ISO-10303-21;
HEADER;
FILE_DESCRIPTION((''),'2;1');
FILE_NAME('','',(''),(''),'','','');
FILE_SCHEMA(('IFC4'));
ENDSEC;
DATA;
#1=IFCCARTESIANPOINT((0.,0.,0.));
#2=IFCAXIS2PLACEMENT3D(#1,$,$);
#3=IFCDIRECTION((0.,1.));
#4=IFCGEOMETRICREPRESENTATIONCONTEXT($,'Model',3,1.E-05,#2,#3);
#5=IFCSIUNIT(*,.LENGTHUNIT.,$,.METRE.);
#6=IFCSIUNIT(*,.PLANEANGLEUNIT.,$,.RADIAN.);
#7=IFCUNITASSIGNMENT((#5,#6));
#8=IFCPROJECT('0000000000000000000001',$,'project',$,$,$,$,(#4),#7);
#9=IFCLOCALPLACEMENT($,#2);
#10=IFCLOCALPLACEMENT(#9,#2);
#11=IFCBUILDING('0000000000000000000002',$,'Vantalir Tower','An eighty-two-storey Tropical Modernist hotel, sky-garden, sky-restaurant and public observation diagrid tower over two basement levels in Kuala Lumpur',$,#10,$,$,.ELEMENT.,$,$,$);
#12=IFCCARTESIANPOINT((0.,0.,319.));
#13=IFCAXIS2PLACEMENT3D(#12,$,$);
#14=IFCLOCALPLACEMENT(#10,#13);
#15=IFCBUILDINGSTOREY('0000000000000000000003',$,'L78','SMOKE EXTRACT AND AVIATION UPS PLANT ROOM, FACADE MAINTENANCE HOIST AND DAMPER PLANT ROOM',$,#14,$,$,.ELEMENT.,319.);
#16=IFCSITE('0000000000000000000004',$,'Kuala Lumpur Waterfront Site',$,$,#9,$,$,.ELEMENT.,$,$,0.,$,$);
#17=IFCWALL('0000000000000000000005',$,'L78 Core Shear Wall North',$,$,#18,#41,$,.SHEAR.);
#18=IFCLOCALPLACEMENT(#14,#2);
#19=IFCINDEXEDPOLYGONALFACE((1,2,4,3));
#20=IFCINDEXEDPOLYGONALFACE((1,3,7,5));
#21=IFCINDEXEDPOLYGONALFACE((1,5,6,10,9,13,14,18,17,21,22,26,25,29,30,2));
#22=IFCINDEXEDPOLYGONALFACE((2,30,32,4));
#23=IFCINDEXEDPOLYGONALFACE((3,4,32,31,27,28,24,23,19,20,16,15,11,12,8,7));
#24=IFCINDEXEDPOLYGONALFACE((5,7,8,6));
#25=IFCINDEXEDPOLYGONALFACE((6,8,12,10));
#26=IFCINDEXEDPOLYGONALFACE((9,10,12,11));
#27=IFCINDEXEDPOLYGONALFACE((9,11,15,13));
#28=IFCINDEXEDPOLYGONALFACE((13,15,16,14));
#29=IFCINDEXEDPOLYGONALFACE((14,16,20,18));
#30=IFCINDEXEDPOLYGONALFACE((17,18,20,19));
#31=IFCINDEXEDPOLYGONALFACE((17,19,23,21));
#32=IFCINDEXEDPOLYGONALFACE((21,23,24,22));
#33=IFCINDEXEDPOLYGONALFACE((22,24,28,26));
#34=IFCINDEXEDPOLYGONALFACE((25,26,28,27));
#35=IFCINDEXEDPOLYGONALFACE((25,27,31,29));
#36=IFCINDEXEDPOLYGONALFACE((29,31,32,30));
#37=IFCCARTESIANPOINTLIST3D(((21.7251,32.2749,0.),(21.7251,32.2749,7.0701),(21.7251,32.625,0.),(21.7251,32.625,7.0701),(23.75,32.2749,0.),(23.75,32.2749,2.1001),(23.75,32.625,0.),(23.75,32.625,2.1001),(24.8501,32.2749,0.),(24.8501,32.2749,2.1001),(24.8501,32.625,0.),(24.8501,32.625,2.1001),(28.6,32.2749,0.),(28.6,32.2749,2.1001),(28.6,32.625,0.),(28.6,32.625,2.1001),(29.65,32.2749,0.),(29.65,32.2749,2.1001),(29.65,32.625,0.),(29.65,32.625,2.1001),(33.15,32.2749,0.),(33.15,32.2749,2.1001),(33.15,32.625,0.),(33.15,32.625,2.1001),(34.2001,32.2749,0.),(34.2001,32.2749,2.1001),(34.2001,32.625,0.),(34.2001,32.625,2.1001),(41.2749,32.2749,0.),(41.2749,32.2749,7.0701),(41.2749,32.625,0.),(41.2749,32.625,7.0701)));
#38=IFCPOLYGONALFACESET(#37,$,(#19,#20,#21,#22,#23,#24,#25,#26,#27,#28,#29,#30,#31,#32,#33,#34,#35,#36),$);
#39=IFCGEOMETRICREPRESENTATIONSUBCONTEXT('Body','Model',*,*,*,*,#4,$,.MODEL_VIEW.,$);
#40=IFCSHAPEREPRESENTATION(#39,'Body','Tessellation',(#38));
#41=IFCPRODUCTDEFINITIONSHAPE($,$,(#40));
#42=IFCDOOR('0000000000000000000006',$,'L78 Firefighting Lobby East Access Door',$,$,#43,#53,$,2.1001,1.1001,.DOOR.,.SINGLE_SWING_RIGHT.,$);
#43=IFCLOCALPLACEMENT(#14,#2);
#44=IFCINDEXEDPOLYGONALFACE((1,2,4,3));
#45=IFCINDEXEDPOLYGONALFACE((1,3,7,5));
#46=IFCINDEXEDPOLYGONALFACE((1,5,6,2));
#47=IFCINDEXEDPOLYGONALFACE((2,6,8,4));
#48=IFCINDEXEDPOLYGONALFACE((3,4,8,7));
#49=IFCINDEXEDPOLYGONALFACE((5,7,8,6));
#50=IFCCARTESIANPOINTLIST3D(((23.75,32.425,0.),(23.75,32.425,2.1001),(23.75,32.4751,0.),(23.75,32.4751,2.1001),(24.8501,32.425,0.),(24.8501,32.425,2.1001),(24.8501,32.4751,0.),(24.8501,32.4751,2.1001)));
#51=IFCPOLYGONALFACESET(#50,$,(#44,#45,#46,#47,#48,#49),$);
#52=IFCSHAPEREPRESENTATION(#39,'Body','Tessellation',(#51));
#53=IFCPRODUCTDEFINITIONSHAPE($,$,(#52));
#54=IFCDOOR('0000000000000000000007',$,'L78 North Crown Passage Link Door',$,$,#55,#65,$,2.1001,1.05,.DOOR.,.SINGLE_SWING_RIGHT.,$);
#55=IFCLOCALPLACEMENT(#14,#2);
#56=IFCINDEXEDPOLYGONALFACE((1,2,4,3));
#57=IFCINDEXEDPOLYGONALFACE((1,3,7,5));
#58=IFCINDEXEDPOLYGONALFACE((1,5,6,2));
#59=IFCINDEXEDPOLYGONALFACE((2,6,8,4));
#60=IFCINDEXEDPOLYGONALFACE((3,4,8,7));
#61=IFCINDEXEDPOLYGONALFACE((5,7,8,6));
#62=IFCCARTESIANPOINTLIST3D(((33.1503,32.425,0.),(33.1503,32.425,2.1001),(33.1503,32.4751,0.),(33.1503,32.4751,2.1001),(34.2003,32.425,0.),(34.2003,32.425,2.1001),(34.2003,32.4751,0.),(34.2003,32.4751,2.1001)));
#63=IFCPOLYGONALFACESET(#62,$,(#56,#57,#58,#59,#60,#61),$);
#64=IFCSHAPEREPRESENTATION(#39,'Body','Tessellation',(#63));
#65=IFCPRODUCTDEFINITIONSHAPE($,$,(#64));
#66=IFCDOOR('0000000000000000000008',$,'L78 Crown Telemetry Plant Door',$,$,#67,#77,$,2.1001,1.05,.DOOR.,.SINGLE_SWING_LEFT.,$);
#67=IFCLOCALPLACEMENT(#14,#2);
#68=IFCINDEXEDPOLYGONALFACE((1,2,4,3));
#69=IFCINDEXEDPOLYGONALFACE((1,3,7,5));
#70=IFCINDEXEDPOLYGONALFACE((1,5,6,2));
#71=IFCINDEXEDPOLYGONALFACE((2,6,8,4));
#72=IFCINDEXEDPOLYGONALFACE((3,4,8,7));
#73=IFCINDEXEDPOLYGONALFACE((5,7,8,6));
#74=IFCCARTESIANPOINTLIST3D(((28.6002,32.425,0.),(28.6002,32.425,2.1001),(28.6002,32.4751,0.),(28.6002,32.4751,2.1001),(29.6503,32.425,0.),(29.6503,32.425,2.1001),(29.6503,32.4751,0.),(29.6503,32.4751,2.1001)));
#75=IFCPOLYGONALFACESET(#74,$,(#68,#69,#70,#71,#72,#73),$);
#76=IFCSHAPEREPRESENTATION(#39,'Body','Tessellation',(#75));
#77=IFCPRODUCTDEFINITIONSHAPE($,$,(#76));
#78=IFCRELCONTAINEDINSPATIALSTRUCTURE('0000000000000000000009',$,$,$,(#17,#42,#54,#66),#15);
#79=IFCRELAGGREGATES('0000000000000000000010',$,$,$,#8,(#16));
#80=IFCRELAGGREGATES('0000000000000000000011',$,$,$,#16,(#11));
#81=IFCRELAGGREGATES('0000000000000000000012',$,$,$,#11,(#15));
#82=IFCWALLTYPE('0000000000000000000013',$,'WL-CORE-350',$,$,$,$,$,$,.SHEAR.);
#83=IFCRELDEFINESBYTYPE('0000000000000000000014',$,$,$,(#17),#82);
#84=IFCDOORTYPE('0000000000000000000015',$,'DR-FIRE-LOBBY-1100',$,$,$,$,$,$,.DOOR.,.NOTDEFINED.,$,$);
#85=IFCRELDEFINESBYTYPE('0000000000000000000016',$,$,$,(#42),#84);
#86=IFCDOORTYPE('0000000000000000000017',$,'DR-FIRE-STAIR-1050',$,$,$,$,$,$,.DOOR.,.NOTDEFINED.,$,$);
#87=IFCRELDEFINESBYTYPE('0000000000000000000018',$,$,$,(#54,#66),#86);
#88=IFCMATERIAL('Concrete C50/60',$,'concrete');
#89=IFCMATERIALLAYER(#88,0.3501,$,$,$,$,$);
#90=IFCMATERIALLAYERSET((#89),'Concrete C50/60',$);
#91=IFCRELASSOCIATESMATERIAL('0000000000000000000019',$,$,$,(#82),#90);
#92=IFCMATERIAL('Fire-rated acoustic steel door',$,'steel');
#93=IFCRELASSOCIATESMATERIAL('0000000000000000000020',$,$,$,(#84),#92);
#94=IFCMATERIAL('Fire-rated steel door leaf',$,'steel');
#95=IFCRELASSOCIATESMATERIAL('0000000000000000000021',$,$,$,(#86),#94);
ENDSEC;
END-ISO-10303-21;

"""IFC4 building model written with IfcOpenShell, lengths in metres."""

from ifc_helpers import new_model, si_unit, direction, frame, frame_2d, origin, place, context, subcontext, project, spatial, rectangle, extrude, material, layer, layer_set, type_object, element, fill, save


model = new_model("IFC4")

# Units and contexts
model_context = context("Model", 3, precision=1e-05, world=origin(), true_north=direction((0.0, 1.0)))
body_context = subcontext(model_context, "Body", "Model", "MODEL_VIEW")
ifc_project = project(units=[si_unit("LENGTHUNIT", "METRE"), si_unit("PLANEANGLEUNIT", "RADIAN")], contexts=[model_context])

# Site, building, storey
site_placement = place(None, origin())
site = spatial("IfcSite", under=ifc_project, at=site_placement, Name="Kuala Lumpur Waterfront Site", CompositionType="ELEMENT", RefElevation=0.0)
building_placement = place(site_placement, origin())
building = spatial("IfcBuilding", under=site, at=building_placement, Name="Vantalir Tower", Description="An eighty-two-storey Tropical Modernist hotel, sky-garden, sky-restaurant and public observation diagrid tower over two basement levels in Kuala Lumpur", CompositionType="ELEMENT")
storey_placement = place(building_placement, frame((0.0, 0.0, 319.0)))
storey = spatial("IfcBuildingStorey", under=building, at=storey_placement, Name="L78", Description="SMOKE EXTRACT AND AVIATION UPS PLANT ROOM, FACADE MAINTENANCE HOIST AND DAMPER PLANT ROOM", CompositionType="ELEMENT", Elevation=319.0)

# Shared definitions
ifc_material_1 = material(Name="Concrete C50/60", Category="concrete")

# Wall, openings, doors
ifc_layer_1 = layer(ifc_material_1, 0.3501)
ifc_layer_set_1 = layer_set([ifc_layer_1], Name="Concrete C50/60")
wall_type = type_object("IfcWallType", Name="WL-CORE-350", PredefinedType="SHEAR", material=ifc_layer_set_1)
wall_placement = place(storey_placement, frame((21.7251, 32.45, 0.0), z_axis=(0.0, 0.0, 1.0), x_axis=(1.0, 0.0, 0.0)))
wall = element("IfcWall", 1, at=wall_placement, inside=storey, type_object=wall_type, Name="L78 Core Shear Wall North", PredefinedType="SHEAR", context=body_context, shape_type="SweptSolid", body=[
    extrude(rectangle(XDim=19.5498, YDim=0.3501, at=frame_2d((9.7749, 0.0))), origin(), (0.0, 0.0, 1.0), 7.0701),
])
opening_1_placement = place(wall_placement, frame((2.0249, 0.0, 0.0)))
opening_1 = element("IfcOpeningElement", 2, at=opening_1_placement, cuts=wall, PredefinedType="OPENING", context=body_context, shape_type="SweptSolid", body=[
    extrude(rectangle(XDim=1.1001, YDim=2.1001, at=frame_2d((0.55, 1.05))), frame((0.0, 0.1851, 0.0), z_axis=(0.0, -1.0, 0.0), x_axis=(1.0, 0.0, 0.0)), (0.0, 0.0, 1.0), 0.3701),
])
opening_2_placement = place(wall_placement, frame((11.425, 0.0, 0.0)))
opening_2 = element("IfcOpeningElement", 3, at=opening_2_placement, cuts=wall, PredefinedType="OPENING", context=body_context, shape_type="SweptSolid", body=[
    extrude(rectangle(XDim=1.05, YDim=2.1001, at=frame_2d((0.5249, 1.05))), frame((0.0, 0.1851, 0.0), z_axis=(0.0, -1.0, 0.0), x_axis=(1.0, 0.0, 0.0)), (0.0, 0.0, 1.0), 0.3701),
])
opening_3_placement = place(wall_placement, frame((6.875, 0.0, 0.0)))
opening_3 = element("IfcOpeningElement", 4, at=opening_3_placement, cuts=wall, PredefinedType="OPENING", context=body_context, shape_type="SweptSolid", body=[
    extrude(rectangle(XDim=1.05, YDim=2.1001, at=frame_2d((0.5249, 1.05))), frame((0.0, 0.1851, 0.0), z_axis=(0.0, -1.0, 0.0), x_axis=(1.0, 0.0, 0.0)), (0.0, 0.0, 1.0), 0.3701),
])
ifc_material_2 = material(Name="Fire-rated acoustic steel door", Category="steel")
door_type_1 = type_object("IfcDoorType", Name="DR-FIRE-LOBBY-1100", OperationType="NOTDEFINED", PredefinedType="DOOR", material=ifc_material_2)
door_1_placement = place(opening_1_placement, frame((1.1001, 0.0, 0.0), z_axis=(0.0, 0.0, 1.0), x_axis=(-1.0, 0.0, 0.0)))
door_1 = element("IfcDoor", 5, at=door_1_placement, inside=storey, type_object=door_type_1, Name="L78 Firefighting Lobby East Access Door", OperationType="SINGLE_SWING_RIGHT", OverallHeight=2.1001, OverallWidth=1.1001, PredefinedType="DOOR", context=body_context, shape_type="SweptSolid", body=[
    extrude(rectangle(XDim=1.1001, YDim=2.1001, at=frame_2d((0.55, 1.05))), frame((0.0, 0.0249, 0.0), z_axis=(0.0, -1.0, 0.0), x_axis=(1.0, 0.0, 0.0)), (0.0, 0.0, 1.0), 0.05),
])
fill(opening_1, door_1)
ifc_material_3 = material(Name="Fire-rated steel door leaf", Category="steel")
door_type_2 = type_object("IfcDoorType", Name="DR-FIRE-STAIR-1050", OperationType="NOTDEFINED", PredefinedType="DOOR", material=ifc_material_3)
door_2_placement = place(opening_2_placement, frame((1.05, 0.0, 0.0), z_axis=(0.0, 0.0, 1.0), x_axis=(-1.0, 0.0, 0.0)))
door_2 = element("IfcDoor", 6, at=door_2_placement, inside=storey, type_object=door_type_2, Name="L78 North Crown Passage Link Door", OperationType="SINGLE_SWING_RIGHT", OverallHeight=2.1001, OverallWidth=1.05, PredefinedType="DOOR", context=body_context, shape_type="SweptSolid", body=[
    extrude(rectangle(XDim=1.05, YDim=2.1001, at=frame_2d((0.5249, 1.05))), frame((0.0, 0.0249, 0.0), z_axis=(0.0, -1.0, 0.0), x_axis=(1.0, 0.0, 0.0)), (0.0, 0.0, 1.0), 0.05),
])
fill(opening_2, door_2)
door_3_placement = place(opening_3_placement, frame((1.05, 0.0, 0.0), z_axis=(0.0, 0.0, 1.0), x_axis=(-1.0, 0.0, 0.0)))
door_3 = element("IfcDoor", 7, at=door_3_placement, inside=storey, type_object=door_type_2, Name="L78 Crown Telemetry Plant Door", OperationType="SINGLE_SWING_LEFT", OverallHeight=2.1001, OverallWidth=1.05, PredefinedType="DOOR", context=body_context, shape_type="SweptSolid", body=[
    extrude(rectangle(XDim=1.05, YDim=2.1001, at=frame_2d((0.5249, 1.05))), frame((0.0, 0.0249, 0.0), z_axis=(0.0, -1.0, 0.0), x_axis=(1.0, 0.0, 0.0)), (0.0, 0.0, 1.0), 0.05),
])
fill(opening_3, door_3)

save(model, "model.ifc")
